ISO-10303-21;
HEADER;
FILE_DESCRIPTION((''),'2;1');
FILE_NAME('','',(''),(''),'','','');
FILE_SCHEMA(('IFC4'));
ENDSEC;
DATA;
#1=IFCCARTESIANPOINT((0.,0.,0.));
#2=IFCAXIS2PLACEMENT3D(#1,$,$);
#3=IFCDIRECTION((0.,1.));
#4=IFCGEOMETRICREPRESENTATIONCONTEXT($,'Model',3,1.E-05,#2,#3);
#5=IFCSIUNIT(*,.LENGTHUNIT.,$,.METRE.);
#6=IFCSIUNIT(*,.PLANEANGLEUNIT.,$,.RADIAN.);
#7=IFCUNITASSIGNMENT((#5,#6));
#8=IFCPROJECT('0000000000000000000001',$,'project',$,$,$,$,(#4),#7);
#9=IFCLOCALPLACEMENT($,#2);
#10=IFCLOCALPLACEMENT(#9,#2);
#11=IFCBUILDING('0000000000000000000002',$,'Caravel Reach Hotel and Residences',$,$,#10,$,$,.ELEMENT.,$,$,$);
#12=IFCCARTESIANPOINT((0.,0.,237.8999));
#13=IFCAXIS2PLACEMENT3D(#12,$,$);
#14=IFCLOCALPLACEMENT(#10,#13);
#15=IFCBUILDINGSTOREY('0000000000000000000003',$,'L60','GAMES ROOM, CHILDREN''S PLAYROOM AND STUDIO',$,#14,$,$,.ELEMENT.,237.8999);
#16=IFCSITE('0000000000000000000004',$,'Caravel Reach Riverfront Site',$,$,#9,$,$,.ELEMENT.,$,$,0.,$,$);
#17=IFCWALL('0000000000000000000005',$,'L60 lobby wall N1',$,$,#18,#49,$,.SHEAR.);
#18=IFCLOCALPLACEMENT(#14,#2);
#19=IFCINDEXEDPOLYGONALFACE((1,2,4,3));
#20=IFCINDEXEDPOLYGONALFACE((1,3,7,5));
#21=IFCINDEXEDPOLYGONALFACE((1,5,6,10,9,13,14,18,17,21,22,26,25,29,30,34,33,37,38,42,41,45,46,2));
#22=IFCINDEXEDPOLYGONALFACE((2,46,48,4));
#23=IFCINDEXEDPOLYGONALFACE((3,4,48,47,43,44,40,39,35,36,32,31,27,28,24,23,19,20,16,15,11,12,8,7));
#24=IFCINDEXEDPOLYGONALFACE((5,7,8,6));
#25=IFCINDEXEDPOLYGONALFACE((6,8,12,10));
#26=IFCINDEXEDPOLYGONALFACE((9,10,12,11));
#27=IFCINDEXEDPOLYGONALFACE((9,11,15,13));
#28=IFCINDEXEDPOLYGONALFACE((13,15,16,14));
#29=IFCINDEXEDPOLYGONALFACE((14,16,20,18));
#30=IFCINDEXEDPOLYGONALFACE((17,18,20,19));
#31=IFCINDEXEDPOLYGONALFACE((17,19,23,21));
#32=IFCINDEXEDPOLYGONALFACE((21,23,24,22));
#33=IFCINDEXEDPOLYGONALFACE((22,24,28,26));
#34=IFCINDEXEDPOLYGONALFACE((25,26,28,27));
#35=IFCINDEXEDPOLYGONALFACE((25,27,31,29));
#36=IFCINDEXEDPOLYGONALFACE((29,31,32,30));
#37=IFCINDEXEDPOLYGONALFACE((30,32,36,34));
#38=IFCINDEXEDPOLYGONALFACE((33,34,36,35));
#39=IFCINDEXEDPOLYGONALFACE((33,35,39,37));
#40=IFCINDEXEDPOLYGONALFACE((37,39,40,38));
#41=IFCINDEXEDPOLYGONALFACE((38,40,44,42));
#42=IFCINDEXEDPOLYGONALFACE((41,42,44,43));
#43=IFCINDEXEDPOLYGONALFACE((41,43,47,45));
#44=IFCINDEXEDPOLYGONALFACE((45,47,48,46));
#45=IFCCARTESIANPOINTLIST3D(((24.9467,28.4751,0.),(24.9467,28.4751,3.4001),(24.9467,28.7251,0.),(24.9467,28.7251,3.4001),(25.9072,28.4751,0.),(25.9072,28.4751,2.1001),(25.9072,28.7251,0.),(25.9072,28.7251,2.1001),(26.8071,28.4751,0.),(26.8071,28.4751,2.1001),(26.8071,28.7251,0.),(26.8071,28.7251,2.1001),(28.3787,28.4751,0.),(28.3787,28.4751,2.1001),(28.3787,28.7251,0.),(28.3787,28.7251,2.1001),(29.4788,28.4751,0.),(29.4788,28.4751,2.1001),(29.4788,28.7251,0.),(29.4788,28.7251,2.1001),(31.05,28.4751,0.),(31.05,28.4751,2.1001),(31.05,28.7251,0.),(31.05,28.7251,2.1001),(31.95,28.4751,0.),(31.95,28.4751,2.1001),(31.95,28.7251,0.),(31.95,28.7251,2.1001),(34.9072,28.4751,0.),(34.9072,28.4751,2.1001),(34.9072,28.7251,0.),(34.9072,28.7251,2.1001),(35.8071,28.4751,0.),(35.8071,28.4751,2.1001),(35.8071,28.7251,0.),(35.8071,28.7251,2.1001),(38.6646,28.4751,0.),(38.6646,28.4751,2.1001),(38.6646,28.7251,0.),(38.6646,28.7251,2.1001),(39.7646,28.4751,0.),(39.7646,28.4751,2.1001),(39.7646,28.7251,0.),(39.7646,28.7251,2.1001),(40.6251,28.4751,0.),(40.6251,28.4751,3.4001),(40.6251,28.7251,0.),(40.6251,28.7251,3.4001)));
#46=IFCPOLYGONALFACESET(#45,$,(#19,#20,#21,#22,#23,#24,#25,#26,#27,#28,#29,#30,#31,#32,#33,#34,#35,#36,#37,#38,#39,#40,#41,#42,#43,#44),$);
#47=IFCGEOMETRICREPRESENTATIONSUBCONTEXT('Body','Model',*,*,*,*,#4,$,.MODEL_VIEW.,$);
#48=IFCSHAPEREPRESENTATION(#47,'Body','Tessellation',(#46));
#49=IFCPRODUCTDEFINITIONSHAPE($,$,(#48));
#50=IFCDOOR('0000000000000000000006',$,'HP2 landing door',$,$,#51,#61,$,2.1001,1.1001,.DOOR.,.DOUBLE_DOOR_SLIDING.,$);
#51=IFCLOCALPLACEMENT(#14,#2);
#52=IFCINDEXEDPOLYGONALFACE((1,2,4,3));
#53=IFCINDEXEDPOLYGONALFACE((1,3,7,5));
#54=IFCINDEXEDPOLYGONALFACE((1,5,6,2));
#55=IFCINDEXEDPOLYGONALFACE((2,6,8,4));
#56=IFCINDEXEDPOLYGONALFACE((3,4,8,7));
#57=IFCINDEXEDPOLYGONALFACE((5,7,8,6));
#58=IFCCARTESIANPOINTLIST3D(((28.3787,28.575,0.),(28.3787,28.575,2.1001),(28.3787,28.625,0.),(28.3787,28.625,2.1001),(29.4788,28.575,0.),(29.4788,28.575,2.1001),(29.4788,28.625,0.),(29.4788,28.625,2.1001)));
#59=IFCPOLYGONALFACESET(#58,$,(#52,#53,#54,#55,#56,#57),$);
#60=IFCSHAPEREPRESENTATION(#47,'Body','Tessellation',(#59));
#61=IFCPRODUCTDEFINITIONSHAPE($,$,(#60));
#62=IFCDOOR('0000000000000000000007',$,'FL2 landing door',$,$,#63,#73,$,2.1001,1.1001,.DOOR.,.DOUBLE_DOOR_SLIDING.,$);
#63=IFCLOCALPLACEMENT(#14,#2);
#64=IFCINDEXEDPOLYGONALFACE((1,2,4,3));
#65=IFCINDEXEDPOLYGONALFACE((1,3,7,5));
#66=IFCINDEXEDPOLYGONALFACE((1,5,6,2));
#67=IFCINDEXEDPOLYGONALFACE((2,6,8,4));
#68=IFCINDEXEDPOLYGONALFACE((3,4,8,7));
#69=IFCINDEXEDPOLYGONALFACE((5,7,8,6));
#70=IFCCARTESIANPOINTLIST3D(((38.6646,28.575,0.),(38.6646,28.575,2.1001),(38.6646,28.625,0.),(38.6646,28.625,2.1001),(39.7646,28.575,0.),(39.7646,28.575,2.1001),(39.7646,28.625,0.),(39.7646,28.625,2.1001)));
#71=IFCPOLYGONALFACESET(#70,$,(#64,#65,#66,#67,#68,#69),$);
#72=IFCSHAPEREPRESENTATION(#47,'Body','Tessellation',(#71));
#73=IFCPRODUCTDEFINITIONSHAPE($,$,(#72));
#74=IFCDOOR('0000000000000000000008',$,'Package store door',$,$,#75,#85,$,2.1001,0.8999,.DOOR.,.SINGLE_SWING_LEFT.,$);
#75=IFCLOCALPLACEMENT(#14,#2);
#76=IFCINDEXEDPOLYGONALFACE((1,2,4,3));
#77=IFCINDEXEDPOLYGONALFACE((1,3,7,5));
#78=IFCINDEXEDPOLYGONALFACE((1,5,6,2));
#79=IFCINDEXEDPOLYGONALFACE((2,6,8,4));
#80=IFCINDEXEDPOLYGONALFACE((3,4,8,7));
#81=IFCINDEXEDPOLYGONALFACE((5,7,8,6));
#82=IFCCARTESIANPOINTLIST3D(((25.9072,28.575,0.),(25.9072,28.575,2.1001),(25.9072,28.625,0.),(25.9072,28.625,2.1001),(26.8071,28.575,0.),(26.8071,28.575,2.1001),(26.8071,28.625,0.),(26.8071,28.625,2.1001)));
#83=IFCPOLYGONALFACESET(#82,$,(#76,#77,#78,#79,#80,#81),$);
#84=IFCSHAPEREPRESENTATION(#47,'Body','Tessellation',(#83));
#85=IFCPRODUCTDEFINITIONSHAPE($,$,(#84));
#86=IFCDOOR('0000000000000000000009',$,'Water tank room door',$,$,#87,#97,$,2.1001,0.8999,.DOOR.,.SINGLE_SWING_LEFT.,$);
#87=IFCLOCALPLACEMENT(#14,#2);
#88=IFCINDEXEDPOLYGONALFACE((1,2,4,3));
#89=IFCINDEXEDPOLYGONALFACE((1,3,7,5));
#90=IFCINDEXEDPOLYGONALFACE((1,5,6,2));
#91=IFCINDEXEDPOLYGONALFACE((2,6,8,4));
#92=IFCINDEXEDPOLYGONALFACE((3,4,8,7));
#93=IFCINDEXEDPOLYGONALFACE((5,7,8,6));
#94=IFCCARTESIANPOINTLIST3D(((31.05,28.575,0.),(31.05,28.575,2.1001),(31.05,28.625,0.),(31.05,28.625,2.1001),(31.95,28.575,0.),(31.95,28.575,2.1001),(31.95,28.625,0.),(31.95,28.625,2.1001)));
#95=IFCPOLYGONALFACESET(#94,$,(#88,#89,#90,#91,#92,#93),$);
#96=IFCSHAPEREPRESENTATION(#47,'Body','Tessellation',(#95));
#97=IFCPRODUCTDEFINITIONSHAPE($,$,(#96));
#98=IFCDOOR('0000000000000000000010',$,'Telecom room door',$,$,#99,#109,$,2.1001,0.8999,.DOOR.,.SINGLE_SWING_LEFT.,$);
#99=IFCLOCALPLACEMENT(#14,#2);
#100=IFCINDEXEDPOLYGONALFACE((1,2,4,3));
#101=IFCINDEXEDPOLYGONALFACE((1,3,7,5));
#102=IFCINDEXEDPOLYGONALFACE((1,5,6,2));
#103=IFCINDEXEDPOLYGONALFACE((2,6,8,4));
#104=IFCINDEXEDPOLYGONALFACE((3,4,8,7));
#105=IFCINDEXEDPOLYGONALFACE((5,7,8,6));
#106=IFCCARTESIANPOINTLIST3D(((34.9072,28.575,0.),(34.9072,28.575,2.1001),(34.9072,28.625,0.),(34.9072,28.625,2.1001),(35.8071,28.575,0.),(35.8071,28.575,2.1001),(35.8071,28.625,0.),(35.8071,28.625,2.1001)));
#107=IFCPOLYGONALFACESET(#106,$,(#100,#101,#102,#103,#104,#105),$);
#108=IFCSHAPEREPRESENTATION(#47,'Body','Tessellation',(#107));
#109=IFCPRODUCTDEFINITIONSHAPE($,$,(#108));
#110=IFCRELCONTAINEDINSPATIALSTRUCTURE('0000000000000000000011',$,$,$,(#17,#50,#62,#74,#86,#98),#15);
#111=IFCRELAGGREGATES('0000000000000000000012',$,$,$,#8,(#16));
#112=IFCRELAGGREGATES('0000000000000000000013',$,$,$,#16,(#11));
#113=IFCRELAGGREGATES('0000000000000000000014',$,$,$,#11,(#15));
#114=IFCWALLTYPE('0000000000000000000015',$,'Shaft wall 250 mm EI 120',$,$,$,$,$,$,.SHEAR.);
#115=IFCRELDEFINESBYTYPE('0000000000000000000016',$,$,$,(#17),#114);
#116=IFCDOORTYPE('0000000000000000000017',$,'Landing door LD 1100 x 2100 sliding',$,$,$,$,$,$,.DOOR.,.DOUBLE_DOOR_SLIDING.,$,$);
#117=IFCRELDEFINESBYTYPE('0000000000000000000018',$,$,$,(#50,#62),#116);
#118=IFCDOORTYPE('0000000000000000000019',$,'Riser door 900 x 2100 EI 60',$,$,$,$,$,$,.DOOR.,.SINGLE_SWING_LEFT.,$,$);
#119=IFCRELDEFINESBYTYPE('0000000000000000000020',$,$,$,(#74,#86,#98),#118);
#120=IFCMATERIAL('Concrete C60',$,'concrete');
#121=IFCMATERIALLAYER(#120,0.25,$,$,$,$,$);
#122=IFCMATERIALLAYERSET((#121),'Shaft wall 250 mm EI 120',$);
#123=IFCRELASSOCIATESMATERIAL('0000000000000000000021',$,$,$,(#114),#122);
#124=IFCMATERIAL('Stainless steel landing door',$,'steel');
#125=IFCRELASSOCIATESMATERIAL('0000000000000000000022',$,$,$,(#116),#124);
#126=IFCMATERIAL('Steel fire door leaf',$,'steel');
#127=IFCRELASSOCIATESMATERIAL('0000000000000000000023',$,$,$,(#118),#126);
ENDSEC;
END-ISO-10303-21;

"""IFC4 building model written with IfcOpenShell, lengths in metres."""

from ifc_helpers import new_model, si_unit, direction, frame, frame_2d, origin, place, context, subcontext, project, spatial, rectangle, extrude, material, layer, layer_set, type_object, element, fill, save


model = new_model("IFC4")

# Units and contexts
model_context = context("Model", 3, precision=1e-05, world=origin(), true_north=direction((0.0, 1.0)))
body_context = subcontext(model_context, "Body", "Model", "MODEL_VIEW")
ifc_project = project(units=[si_unit("LENGTHUNIT", "METRE"), si_unit("PLANEANGLEUNIT", "RADIAN")], contexts=[model_context])

# Site, building, storey
site_placement = place(None, origin())
site = spatial("IfcSite", under=ifc_project, at=site_placement, Name="Caravel Reach Riverfront Site", CompositionType="ELEMENT", RefElevation=0.0)
building_placement = place(site_placement, origin())
building = spatial("IfcBuilding", under=site, at=building_placement, Name="Caravel Reach Hotel and Residences", CompositionType="ELEMENT")
storey_placement = place(building_placement, frame((0.0, 0.0, 237.8999)))
storey = spatial("IfcBuildingStorey", under=building, at=storey_placement, Name="L60", Description="GAMES ROOM, CHILDREN'S PLAYROOM AND STUDIO", CompositionType="ELEMENT", Elevation=237.8999)

# Wall, openings, doors
ifc_material_1 = material(Name="Concrete C60", Category="concrete")
ifc_layer_1 = layer(ifc_material_1, 0.25)
ifc_layer_set_1 = layer_set([ifc_layer_1], Name="Shaft wall 250 mm EI 120")
wall_type_1 = type_object("IfcWallType", Name="Shaft wall 250 mm EI 120", PredefinedType="SHEAR", material=ifc_layer_set_1)
ifc_material_2 = material(Name="Stainless steel landing door", Category="steel")
door_type_1 = type_object("IfcDoorType", Name="Landing door LD 1100 x 2100 sliding", OperationType="DOUBLE_DOOR_SLIDING", PredefinedType="DOOR", material=ifc_material_2)
ifc_material_3 = material(Name="Steel fire door leaf", Category="steel")
door_type_2 = type_object("IfcDoorType", Name="Riser door 900 x 2100 EI 60", OperationType="SINGLE_SWING_LEFT", PredefinedType="DOOR", material=ifc_material_3)
wall_1_placement = place(storey_placement, frame((24.9465, 28.6001, 0.0), z_axis=(0.0, 0.0, 1.0), x_axis=(1.0, 0.0, 0.0)))
wall_1 = element("IfcWall", 1, at=wall_1_placement, inside=storey, type_object=wall_type_1, Name="L60 lobby wall N1", PredefinedType="SHEAR", context=body_context, shape_type="SweptSolid", body=[
    extrude(rectangle(XDim=15.6785, YDim=0.25, at=frame_2d((7.8394, 0.0))), origin(), (0.0, 0.0, 1.0), 3.4001),
])
opening_1_placement = place(wall_1_placement, frame((3.4321, 0.0, 0.0)))
opening_1 = element("IfcOpeningElement", 2, at=opening_1_placement, cuts=wall_1, PredefinedType="OPENING", context=body_context, shape_type="SweptSolid", body=[
    extrude(rectangle(XDim=1.1001, YDim=2.1001, at=frame_2d((0.55, 1.05))), frame((0.0, 0.135, 0.0), z_axis=(0.0, -1.0, 0.0), x_axis=(1.0, 0.0, 0.0)), (0.0, 0.0, 1.0), 0.27),
])
opening_2_placement = place(wall_1_placement, frame((13.718, 0.0, 0.0)))
opening_2 = element("IfcOpeningElement", 3, at=opening_2_placement, cuts=wall_1, PredefinedType="OPENING", context=body_context, shape_type="SweptSolid", body=[
    extrude(rectangle(XDim=1.1001, YDim=2.1001, at=frame_2d((0.55, 1.05))), frame((0.0, 0.135, 0.0), z_axis=(0.0, -1.0, 0.0), x_axis=(1.0, 0.0, 0.0)), (0.0, 0.0, 1.0), 0.27),
])
opening_3_placement = place(wall_1_placement, frame((0.9607, 0.0, 0.0)))
opening_3 = element("IfcOpeningElement", 4, at=opening_3_placement, cuts=wall_1, PredefinedType="OPENING", context=body_context, shape_type="SweptSolid", body=[
    extrude(rectangle(XDim=0.8999, YDim=2.1001, at=frame_2d((0.45, 1.05))), frame((0.0, 0.135, 0.0), z_axis=(0.0, -1.0, 0.0), x_axis=(1.0, 0.0, 0.0)), (0.0, 0.0, 1.0), 0.27),
])
opening_4_placement = place(wall_1_placement, frame((6.1035, 0.0, 0.0)))
opening_4 = element("IfcOpeningElement", 5, at=opening_4_placement, cuts=wall_1, PredefinedType="OPENING", context=body_context, shape_type="SweptSolid", body=[
    extrude(rectangle(XDim=0.8999, YDim=2.1001, at=frame_2d((0.45, 1.05))), frame((0.0, 0.135, 0.0), z_axis=(0.0, -1.0, 0.0), x_axis=(1.0, 0.0, 0.0)), (0.0, 0.0, 1.0), 0.27),
])
opening_5_placement = place(wall_1_placement, frame((9.9607, 0.0, 0.0)))
opening_5 = element("IfcOpeningElement", 6, at=opening_5_placement, cuts=wall_1, PredefinedType="OPENING", context=body_context, shape_type="SweptSolid", body=[
    extrude(rectangle(XDim=0.8999, YDim=2.1001, at=frame_2d((0.45, 1.05))), frame((0.0, 0.135, 0.0), z_axis=(0.0, -1.0, 0.0), x_axis=(1.0, 0.0, 0.0)), (0.0, 0.0, 1.0), 0.27),
])
door_1_placement = place(opening_1_placement, origin())
door_1 = element("IfcDoor", 7, at=door_1_placement, inside=storey, type_object=door_type_1, Name="HP2 landing door", OperationType="DOUBLE_DOOR_SLIDING", OverallHeight=2.1001, OverallWidth=1.1001, PredefinedType="DOOR", context=body_context, shape_type="SweptSolid", body=[
    extrude(rectangle(XDim=1.1001, YDim=2.1001, at=frame_2d((0.55, 1.05))), frame((0.0, 0.0249, 0.0), z_axis=(0.0, -1.0, 0.0), x_axis=(1.0, 0.0, 0.0)), (0.0, 0.0, 1.0), 0.05),
])
fill(opening_1, door_1)
door_2_placement = place(opening_2_placement, origin())
door_2 = element("IfcDoor", 8, at=door_2_placement, inside=storey, type_object=door_type_1, Name="FL2 landing door", OperationType="DOUBLE_DOOR_SLIDING", OverallHeight=2.1001, OverallWidth=1.1001, PredefinedType="DOOR", context=body_context, shape_type="SweptSolid", body=[
    extrude(rectangle(XDim=1.1001, YDim=2.1001, at=frame_2d((0.55, 1.05))), frame((0.0, 0.0249, 0.0), z_axis=(0.0, -1.0, 0.0), x_axis=(1.0, 0.0, 0.0)), (0.0, 0.0, 1.0), 0.05),
])
fill(opening_2, door_2)
door_3_placement = place(opening_3_placement, origin())
door_3 = element("IfcDoor", 9, at=door_3_placement, inside=storey, type_object=door_type_2, Name="Package store door", OperationType="SINGLE_SWING_LEFT", OverallHeight=2.1001, OverallWidth=0.8999, PredefinedType="DOOR", context=body_context, shape_type="SweptSolid", body=[
    extrude(rectangle(XDim=0.8999, YDim=2.1001, at=frame_2d((0.45, 1.05))), frame((0.0, 0.0249, 0.0), z_axis=(0.0, -1.0, 0.0), x_axis=(1.0, 0.0, 0.0)), (0.0, 0.0, 1.0), 0.05),
])
fill(opening_3, door_3)
door_4_placement = place(opening_4_placement, origin())
door_4 = element("IfcDoor", 10, at=door_4_placement, inside=storey, type_object=door_type_2, Name="Water tank room door", OperationType="SINGLE_SWING_LEFT", OverallHeight=2.1001, OverallWidth=0.8999, PredefinedType="DOOR", context=body_context, shape_type="SweptSolid", body=[
    extrude(rectangle(XDim=0.8999, YDim=2.1001, at=frame_2d((0.45, 1.05))), frame((0.0, 0.0249, 0.0), z_axis=(0.0, -1.0, 0.0), x_axis=(1.0, 0.0, 0.0)), (0.0, 0.0, 1.0), 0.05),
])
fill(opening_4, door_4)
door_5_placement = place(opening_5_placement, origin())
door_5 = element("IfcDoor", 11, at=door_5_placement, inside=storey, type_object=door_type_2, Name="Telecom room door", OperationType="SINGLE_SWING_LEFT", OverallHeight=2.1001, OverallWidth=0.8999, PredefinedType="DOOR", context=body_context, shape_type="SweptSolid", body=[
    extrude(rectangle(XDim=0.8999, YDim=2.1001, at=frame_2d((0.45, 1.05))), frame((0.0, 0.0249, 0.0), z_axis=(0.0, -1.0, 0.0), x_axis=(1.0, 0.0, 0.0)), (0.0, 0.0, 1.0), 0.05),
])
fill(opening_5, door_5)

save(model, "model.ifc")
